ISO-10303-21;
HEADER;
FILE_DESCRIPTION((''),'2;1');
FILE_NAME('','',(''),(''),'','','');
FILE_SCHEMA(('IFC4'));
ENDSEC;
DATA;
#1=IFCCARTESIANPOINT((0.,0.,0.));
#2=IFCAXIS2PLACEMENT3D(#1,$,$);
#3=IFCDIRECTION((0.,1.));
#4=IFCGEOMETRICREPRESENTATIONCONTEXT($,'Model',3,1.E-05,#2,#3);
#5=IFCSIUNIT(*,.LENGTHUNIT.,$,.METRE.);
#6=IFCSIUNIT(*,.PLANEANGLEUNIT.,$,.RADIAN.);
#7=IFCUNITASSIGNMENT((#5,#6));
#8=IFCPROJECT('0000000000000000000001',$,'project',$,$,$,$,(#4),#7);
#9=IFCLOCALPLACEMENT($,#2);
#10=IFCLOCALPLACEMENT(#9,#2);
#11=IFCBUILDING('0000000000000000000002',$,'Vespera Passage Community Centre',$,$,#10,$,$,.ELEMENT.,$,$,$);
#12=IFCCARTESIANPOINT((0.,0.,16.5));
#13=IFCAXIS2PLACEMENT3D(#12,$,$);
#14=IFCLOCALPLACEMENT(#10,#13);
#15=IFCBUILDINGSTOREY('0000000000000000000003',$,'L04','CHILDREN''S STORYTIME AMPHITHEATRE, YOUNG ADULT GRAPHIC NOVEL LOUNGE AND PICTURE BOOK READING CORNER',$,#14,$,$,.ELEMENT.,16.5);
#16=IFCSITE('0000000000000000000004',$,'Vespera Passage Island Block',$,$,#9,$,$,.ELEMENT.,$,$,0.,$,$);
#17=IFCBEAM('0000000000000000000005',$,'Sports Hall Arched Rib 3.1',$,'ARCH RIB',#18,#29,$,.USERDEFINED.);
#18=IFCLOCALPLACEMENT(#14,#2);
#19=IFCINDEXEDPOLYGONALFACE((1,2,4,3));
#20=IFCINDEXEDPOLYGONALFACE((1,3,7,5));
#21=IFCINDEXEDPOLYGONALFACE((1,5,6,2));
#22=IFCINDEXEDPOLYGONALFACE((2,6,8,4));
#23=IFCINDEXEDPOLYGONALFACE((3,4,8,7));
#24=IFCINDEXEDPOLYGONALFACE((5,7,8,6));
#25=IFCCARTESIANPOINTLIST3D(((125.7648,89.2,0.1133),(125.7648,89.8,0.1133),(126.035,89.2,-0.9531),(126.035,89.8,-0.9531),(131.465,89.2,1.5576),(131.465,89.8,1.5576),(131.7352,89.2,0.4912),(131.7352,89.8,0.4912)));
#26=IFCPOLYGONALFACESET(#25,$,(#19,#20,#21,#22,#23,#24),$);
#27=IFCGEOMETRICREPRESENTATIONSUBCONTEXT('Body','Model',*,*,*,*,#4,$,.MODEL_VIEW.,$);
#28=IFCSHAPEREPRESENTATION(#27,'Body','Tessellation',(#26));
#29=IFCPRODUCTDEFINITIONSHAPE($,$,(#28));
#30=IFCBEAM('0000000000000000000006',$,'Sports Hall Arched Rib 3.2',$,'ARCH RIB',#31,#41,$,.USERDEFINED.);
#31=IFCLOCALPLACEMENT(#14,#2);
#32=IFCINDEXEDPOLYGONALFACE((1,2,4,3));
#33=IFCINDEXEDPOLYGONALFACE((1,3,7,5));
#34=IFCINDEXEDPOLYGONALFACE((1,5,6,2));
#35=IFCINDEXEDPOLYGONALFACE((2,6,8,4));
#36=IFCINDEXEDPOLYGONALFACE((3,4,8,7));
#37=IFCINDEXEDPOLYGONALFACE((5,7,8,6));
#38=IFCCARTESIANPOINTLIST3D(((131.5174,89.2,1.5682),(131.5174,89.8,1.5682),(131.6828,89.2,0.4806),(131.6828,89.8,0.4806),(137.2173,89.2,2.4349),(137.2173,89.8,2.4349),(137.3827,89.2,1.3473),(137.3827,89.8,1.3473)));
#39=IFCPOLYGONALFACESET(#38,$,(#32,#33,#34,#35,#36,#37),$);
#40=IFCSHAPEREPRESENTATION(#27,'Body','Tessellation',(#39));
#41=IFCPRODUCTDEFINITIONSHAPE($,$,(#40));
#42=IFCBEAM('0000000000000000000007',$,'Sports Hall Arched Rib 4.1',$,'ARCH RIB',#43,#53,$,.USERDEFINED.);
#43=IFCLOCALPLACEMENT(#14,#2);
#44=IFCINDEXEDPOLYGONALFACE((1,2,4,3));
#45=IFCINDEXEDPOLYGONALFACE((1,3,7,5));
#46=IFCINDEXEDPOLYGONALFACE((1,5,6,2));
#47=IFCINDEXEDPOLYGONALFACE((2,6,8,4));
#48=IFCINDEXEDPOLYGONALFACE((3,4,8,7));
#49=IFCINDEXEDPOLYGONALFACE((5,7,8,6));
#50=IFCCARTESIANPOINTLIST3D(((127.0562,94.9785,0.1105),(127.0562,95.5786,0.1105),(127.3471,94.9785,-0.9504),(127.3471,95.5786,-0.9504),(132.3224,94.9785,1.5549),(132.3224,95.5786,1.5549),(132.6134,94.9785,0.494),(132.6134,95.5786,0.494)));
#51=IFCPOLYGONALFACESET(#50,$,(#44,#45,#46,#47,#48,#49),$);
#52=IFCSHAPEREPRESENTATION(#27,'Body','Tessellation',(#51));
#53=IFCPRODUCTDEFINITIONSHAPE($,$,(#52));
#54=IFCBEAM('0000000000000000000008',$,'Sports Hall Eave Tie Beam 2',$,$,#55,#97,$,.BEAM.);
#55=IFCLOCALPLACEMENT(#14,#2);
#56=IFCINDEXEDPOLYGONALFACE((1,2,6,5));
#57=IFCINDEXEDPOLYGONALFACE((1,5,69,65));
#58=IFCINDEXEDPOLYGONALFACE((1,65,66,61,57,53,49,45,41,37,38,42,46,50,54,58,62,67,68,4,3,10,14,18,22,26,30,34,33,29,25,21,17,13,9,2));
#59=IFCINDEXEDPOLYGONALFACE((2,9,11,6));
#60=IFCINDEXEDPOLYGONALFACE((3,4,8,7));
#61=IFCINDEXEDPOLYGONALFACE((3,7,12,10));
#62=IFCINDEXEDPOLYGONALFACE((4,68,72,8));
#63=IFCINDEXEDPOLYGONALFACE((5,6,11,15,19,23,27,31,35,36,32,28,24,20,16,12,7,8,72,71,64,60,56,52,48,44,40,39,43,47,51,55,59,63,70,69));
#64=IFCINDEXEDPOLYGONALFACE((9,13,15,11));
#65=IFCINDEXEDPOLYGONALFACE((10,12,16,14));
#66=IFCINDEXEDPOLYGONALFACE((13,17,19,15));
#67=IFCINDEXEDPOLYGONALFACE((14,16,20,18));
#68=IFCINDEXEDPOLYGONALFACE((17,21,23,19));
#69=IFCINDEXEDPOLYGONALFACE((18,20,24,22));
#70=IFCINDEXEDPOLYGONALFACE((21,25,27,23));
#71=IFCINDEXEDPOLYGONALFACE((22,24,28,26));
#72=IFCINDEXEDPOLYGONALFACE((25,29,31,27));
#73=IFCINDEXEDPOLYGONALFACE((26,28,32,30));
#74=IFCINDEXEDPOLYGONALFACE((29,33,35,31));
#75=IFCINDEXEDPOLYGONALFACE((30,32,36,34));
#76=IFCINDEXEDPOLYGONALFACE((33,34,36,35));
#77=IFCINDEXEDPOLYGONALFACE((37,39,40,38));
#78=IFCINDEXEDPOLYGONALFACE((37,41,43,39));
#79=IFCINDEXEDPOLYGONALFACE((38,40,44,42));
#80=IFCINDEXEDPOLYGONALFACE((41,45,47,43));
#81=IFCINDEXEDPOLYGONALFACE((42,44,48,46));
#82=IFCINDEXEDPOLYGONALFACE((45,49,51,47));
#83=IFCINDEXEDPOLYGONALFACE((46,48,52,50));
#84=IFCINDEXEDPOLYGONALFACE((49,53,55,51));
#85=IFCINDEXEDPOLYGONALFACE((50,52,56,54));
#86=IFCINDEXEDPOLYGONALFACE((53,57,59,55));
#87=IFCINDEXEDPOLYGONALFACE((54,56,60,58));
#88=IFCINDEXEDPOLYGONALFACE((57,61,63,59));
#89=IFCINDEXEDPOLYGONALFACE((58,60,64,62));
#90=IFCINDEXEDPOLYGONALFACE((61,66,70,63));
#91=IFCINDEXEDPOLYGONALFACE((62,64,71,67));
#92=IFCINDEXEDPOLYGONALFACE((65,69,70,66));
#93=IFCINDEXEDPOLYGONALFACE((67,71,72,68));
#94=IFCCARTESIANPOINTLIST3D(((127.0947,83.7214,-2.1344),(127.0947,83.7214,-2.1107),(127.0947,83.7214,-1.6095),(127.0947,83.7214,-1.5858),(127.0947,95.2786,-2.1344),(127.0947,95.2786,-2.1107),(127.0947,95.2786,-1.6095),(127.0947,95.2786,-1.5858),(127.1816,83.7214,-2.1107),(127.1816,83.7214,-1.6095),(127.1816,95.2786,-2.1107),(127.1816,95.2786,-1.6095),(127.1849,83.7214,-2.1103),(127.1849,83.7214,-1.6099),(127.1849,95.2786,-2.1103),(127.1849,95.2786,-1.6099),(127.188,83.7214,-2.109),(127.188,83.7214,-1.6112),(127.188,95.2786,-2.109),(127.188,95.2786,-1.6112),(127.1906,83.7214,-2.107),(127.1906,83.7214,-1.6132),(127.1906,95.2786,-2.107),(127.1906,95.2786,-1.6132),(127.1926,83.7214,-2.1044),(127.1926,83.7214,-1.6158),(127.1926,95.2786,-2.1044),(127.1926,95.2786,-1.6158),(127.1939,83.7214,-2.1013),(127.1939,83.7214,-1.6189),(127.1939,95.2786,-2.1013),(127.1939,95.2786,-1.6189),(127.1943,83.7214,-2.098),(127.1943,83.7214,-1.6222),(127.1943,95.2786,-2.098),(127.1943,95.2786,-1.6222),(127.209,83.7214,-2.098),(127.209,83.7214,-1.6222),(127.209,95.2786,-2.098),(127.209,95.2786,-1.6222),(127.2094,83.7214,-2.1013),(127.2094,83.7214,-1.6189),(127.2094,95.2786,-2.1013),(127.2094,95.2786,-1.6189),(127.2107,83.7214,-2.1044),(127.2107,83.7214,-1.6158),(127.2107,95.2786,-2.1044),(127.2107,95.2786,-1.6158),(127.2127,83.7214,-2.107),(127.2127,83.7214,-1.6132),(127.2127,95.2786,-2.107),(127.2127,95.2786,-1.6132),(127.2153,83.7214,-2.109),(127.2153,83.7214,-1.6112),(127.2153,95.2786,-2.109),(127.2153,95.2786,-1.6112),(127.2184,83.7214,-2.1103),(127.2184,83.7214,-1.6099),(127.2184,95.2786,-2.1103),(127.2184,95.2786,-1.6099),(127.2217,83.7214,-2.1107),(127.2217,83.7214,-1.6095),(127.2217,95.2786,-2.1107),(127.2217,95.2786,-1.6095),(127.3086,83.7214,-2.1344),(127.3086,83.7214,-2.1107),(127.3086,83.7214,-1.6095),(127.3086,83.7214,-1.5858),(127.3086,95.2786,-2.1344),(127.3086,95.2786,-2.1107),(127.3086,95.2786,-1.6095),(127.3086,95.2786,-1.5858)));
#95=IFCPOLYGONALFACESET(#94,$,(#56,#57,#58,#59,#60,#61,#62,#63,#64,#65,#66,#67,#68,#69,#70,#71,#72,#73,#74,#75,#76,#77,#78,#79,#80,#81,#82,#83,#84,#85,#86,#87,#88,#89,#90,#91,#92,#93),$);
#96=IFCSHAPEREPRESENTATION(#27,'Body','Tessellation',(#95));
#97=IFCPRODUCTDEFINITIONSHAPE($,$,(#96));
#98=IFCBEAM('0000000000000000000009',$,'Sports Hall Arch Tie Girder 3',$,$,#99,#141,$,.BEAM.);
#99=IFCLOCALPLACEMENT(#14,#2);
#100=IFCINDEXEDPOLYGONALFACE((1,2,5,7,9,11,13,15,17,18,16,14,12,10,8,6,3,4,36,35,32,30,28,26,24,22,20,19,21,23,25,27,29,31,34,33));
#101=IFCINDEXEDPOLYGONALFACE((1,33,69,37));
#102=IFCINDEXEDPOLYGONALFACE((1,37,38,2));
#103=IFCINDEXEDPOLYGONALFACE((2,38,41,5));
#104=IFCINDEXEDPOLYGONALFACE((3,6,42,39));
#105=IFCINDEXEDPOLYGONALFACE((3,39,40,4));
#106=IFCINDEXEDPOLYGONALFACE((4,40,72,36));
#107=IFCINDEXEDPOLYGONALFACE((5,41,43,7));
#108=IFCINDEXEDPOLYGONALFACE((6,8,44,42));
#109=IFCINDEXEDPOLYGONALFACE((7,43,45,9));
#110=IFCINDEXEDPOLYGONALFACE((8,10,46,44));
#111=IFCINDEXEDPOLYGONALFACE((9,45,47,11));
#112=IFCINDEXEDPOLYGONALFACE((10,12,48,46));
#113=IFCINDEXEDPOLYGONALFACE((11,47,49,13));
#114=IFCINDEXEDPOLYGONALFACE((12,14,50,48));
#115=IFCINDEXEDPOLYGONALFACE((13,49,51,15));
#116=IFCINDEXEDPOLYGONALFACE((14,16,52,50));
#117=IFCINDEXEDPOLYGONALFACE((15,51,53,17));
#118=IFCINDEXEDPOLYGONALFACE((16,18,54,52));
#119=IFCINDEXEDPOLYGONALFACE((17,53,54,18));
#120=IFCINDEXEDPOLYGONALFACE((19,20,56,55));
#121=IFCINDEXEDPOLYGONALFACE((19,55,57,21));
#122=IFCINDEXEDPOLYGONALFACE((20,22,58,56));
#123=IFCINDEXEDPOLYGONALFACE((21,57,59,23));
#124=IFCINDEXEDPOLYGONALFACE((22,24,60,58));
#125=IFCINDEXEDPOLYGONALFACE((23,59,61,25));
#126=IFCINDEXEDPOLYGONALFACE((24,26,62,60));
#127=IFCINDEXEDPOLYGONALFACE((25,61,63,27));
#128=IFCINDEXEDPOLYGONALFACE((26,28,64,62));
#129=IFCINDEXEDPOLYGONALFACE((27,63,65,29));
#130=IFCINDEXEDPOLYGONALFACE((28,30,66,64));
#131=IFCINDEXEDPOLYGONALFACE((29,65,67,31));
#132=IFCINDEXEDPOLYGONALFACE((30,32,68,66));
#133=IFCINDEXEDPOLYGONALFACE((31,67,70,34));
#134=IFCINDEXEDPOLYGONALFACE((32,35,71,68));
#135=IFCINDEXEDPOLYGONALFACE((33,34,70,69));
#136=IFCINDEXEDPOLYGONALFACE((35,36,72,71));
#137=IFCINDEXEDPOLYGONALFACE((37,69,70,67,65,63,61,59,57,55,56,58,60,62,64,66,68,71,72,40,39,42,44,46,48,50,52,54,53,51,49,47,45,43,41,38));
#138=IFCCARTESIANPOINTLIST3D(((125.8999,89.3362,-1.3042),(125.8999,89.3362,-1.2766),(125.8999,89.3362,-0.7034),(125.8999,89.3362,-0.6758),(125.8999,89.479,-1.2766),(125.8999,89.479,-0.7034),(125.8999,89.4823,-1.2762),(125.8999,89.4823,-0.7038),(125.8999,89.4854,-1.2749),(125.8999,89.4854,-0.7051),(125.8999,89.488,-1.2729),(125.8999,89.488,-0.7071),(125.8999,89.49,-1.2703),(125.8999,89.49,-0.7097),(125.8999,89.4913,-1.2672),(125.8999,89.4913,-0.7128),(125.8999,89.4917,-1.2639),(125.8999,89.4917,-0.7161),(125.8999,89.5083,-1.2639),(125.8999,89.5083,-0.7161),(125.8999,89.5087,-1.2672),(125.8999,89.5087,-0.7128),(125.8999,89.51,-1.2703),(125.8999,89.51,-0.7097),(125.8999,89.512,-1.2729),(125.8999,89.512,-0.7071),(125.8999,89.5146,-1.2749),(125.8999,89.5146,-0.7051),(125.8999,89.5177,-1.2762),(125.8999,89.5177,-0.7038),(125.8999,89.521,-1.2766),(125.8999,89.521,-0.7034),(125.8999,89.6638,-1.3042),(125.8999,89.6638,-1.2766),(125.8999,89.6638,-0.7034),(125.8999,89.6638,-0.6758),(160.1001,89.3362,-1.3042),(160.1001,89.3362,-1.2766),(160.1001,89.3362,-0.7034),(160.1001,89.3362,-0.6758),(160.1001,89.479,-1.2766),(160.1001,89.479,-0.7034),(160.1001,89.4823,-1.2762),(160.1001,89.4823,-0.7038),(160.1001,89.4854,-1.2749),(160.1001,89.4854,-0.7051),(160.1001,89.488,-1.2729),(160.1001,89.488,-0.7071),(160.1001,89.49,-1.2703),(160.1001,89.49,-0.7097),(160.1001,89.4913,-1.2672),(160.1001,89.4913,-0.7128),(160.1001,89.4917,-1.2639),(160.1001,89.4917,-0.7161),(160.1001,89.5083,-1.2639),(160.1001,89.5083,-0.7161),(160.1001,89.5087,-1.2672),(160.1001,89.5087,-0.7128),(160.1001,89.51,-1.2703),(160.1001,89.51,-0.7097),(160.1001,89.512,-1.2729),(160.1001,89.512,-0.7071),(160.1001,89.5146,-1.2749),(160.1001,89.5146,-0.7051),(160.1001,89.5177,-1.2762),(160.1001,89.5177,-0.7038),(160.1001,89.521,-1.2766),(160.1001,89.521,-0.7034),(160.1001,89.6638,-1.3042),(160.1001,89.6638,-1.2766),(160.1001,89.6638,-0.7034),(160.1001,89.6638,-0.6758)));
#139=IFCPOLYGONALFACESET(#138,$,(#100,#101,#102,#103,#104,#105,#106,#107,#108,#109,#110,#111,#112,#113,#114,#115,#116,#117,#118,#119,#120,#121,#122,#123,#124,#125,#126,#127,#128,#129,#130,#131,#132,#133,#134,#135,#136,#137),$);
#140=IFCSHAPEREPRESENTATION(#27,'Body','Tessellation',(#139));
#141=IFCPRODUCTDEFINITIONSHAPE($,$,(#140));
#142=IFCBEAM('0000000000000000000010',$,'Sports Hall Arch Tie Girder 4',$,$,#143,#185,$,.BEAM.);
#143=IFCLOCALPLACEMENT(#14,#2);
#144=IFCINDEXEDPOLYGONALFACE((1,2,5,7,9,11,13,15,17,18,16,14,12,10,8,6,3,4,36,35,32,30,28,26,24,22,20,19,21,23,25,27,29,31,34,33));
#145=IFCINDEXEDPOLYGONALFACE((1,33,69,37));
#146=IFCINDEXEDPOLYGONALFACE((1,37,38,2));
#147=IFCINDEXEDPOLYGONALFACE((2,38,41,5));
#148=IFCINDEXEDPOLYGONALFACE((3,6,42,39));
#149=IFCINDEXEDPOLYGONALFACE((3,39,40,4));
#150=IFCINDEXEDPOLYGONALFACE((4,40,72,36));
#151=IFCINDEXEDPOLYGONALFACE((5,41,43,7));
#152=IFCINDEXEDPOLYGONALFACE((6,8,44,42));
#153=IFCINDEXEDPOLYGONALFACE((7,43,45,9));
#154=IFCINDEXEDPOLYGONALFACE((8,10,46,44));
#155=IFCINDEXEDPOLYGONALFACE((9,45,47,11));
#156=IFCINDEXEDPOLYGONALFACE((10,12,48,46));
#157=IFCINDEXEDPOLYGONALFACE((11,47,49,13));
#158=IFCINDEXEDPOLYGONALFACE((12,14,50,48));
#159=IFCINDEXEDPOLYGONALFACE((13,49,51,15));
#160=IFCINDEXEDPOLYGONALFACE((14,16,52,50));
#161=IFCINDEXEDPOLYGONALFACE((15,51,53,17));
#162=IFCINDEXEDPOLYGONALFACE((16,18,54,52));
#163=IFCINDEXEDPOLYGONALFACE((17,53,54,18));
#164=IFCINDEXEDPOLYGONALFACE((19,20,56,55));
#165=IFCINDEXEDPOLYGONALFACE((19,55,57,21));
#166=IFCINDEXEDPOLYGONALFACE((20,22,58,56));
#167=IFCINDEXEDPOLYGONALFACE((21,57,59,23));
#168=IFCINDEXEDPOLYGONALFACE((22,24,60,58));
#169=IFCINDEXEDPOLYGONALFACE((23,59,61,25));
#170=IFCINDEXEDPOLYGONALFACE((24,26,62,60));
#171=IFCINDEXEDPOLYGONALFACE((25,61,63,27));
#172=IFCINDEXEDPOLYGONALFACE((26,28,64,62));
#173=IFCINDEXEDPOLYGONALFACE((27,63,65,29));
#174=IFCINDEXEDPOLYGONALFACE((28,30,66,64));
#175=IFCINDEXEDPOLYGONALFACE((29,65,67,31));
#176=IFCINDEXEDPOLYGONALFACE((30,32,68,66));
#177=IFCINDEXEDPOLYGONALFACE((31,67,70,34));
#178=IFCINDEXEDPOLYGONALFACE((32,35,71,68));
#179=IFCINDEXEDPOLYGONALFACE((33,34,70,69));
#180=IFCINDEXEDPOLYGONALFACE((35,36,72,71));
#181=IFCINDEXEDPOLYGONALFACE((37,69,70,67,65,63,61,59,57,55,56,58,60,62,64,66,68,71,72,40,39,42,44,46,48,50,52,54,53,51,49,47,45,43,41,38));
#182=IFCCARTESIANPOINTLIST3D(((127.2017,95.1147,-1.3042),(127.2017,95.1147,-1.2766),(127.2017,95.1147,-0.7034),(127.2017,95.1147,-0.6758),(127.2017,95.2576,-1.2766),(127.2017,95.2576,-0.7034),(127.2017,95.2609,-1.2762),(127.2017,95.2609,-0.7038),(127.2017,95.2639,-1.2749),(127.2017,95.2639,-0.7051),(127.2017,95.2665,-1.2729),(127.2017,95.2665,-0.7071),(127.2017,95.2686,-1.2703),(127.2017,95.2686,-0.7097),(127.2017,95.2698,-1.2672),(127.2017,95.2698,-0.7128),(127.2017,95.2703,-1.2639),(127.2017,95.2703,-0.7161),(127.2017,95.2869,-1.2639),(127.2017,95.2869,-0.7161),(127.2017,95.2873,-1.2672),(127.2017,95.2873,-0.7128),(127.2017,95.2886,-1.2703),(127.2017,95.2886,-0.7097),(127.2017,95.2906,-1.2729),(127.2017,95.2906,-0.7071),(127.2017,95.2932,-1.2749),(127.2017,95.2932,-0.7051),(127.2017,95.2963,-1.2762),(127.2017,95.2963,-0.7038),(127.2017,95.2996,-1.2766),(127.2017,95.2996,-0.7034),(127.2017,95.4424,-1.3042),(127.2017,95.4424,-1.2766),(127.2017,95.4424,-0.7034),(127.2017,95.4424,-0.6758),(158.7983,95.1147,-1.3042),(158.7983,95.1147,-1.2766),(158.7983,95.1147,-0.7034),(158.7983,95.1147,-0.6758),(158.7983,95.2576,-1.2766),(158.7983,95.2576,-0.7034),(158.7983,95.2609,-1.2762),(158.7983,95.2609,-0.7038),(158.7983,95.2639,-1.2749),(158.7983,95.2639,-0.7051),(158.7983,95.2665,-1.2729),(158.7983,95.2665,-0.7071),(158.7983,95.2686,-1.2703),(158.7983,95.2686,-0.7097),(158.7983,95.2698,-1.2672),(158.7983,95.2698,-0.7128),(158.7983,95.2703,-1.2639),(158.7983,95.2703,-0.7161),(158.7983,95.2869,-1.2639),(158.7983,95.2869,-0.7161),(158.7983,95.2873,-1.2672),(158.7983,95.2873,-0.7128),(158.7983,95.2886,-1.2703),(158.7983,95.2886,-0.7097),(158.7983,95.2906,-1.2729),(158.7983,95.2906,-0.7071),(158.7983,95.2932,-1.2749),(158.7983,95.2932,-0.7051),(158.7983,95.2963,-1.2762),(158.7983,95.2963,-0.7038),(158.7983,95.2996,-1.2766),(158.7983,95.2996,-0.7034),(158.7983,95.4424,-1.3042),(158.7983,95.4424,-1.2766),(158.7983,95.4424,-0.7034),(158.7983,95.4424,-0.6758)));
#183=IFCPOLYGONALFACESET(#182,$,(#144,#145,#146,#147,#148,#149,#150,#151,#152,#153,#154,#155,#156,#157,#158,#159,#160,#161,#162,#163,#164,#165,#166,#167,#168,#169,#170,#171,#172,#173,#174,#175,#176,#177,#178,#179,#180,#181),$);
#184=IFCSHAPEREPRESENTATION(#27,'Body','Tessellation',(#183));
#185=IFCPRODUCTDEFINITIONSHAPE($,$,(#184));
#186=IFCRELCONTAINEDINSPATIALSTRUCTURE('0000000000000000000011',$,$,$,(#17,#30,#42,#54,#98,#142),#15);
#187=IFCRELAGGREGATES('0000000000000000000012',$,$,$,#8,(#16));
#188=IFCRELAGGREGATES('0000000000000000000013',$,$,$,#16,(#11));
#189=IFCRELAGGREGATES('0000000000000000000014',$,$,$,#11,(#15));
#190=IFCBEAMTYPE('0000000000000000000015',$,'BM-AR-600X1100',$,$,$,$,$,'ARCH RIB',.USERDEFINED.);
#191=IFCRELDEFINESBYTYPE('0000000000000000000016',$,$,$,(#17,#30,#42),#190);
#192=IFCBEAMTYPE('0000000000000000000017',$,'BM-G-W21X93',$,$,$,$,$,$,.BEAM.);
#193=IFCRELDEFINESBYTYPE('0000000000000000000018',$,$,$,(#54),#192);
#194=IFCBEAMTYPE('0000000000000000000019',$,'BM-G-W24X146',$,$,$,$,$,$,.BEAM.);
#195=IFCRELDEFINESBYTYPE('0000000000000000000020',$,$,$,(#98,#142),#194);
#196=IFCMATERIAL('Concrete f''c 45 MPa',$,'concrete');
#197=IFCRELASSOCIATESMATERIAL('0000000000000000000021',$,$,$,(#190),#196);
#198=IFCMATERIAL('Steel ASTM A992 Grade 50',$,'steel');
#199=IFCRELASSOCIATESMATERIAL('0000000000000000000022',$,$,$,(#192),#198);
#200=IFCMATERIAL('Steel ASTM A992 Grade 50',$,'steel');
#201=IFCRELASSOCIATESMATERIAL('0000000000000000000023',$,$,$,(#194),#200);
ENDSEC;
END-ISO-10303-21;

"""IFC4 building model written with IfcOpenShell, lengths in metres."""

from ifc_helpers import new_model, si_unit, direction, frame, origin, origin_2d, place, context, subcontext, project, spatial, rectangle, i_section, extrude, material, material_profile, profile_set, type_object, element, save


model = new_model("IFC4")

# Units and contexts
model_context = context("Model", 3, precision=1e-05, world=origin(), true_north=direction((0.0, 1.0)))
body_context = subcontext(model_context, "Body", "Model", "MODEL_VIEW")
ifc_project = project(units=[si_unit("LENGTHUNIT", "METRE"), si_unit("PLANEANGLEUNIT", "RADIAN")], contexts=[model_context])

# Site, building, storey
site_placement = place(None, origin())
site = spatial("IfcSite", under=ifc_project, at=site_placement, Name="Vespera Passage Island Block", CompositionType="ELEMENT", RefElevation=0.0)
building_placement = place(site_placement, origin())
building = spatial("IfcBuilding", under=site, at=building_placement, Name="Vespera Passage Community Centre", CompositionType="ELEMENT")
storey_placement = place(building_placement, frame((0.0, 0.0, 16.5)))
storey = spatial("IfcBuildingStorey", under=building, at=storey_placement, Name="L04", Description="CHILDREN'S STORYTIME AMPHITHEATRE, YOUNG ADULT GRAPHIC NOVEL LOUNGE AND PICTURE BOOK READING CORNER", CompositionType="ELEMENT", Elevation=16.5)

# Beams
ifc_material_1 = material(Name="Concrete f'c 45 MPa", Category="concrete")
ifc_material_profile_1 = material_profile(ifc_material_1, rectangle(XDim=0.6001, YDim=1.1001, at=origin_2d()), Name="RC600X1100")
ifc_profile_set_1 = profile_set([ifc_material_profile_1], Name="Concrete f'c 45 MPa")
beam_type_1 = type_object("IfcBeamType", Name="BM-AR-600X1100", ElementType="ARCH RIB", PredefinedType="USERDEFINED", material=ifc_profile_set_1)
beam_1_placement = place(storey_placement, frame((125.8999, 89.5, -0.4199), z_axis=(0.969366, 0.0, 0.245621), x_axis=(0.0, 1.0, 0.0)))
element("IfcBeam", 1, at=beam_1_placement, inside=storey, type_object=beam_type_1, Name="Sports Hall Arched Rib 3.1", ObjectType="ARCH RIB", PredefinedType="USERDEFINED", context=body_context, shape_type="SweptSolid", body=[
    extrude(rectangle(XDim=0.6001, YDim=1.1001, at=origin_2d()), origin(), (0.0, 0.0, 1.0), 5.8804),
])
beam_2_placement = place(storey_placement, frame((131.6001, 89.5, 1.0244), z_axis=(0.988636, 0.0, 0.150326), x_axis=(0.0, 1.0, 0.0)))
element("IfcBeam", 2, at=beam_2_placement, inside=storey, type_object=beam_type_1, Name="Sports Hall Arched Rib 3.2", ObjectType="ARCH RIB", PredefinedType="USERDEFINED", context=body_context, shape_type="SweptSolid", body=[
    extrude(rectangle(XDim=0.6001, YDim=1.1001, at=origin_2d()), origin(), (0.0, 0.0, 1.0), 5.7654),
])
beam_3_placement = place(storey_placement, frame((127.2017, 95.2786, -0.4199), z_axis=(0.964385, 0.0, 0.264502), x_axis=(0.0, 1.0, 0.0)))
element("IfcBeam", 3, at=beam_3_placement, inside=storey, type_object=beam_type_1, Name="Sports Hall Arched Rib 4.1", ObjectType="ARCH RIB", PredefinedType="USERDEFINED", context=body_context, shape_type="SweptSolid", body=[
    extrude(rectangle(XDim=0.6001, YDim=1.1001, at=origin_2d()), origin(), (0.0, 0.0, 1.0), 5.4607),
])
ifc_material_2 = material(Name="Steel ASTM A992 Grade 50", Category="steel")
ifc_material_profile_2 = material_profile(ifc_material_2, i_section(OverallWidth=0.2139, OverallDepth=0.5486, WebThickness=0.0146, FlangeThickness=0.0237, FilletRadius=0.0127, at=origin_2d()), Name="W21X93")
ifc_profile_set_2 = profile_set([ifc_material_profile_2], Name="Steel ASTM A992 Grade 50")
beam_type_2 = type_object("IfcBeamType", Name="BM-G-W21X93", PredefinedType="BEAM", material=ifc_profile_set_2)
beam_4_placement = place(storey_placement, frame((127.2017, 95.2786, -1.8601), z_axis=(0.0, -1.0, 0.0), x_axis=(1.0, 0.0, 0.0)))
element("IfcBeam", 4, at=beam_4_placement, inside=storey, type_object=beam_type_2, Name="Sports Hall Eave Tie Beam 2", PredefinedType="BEAM", context=body_context, shape_type="SweptSolid", body=[
    extrude(i_section(OverallWidth=0.2139, OverallDepth=0.5486, WebThickness=0.0146, FlangeThickness=0.0237, FilletRadius=0.0127, at=origin_2d()), origin(), (0.0, 0.0, 1.0), 11.5571),
])
ifc_material_3 = material(Name="Steel ASTM A992 Grade 50", Category="steel")
ifc_material_profile_3 = material_profile(ifc_material_3, i_section(OverallWidth=0.3276, OverallDepth=0.6284, WebThickness=0.0166, FlangeThickness=0.0276, FilletRadius=0.0127, at=origin_2d()), Name="W24X146")
ifc_profile_set_3 = profile_set([ifc_material_profile_3], Name="Steel ASTM A992 Grade 50")
beam_type_3 = type_object("IfcBeamType", Name="BM-G-W24X146", PredefinedType="BEAM", material=ifc_profile_set_3)
beam_5_placement = place(storey_placement, frame((125.8999, 89.5, -0.99), z_axis=(1.0, 0.0, 0.0), x_axis=(0.0, 1.0, 0.0)))
element("IfcBeam", 5, at=beam_5_placement, inside=storey, type_object=beam_type_3, Name="Sports Hall Arch Tie Girder 3", PredefinedType="BEAM", context=body_context, shape_type="SweptSolid", body=[
    extrude(i_section(OverallWidth=0.3276, OverallDepth=0.6284, WebThickness=0.0166, FlangeThickness=0.0276, FilletRadius=0.0127, at=origin_2d()), origin(), (0.0, 0.0, 1.0), 34.2002),
])
beam_6_placement = place(storey_placement, frame((127.2017, 95.2786, -0.99), z_axis=(1.0, 0.0, 0.0), x_axis=(0.0, 1.0, 0.0)))
element("IfcBeam", 6, at=beam_6_placement, inside=storey, type_object=beam_type_3, Name="Sports Hall Arch Tie Girder 4", PredefinedType="BEAM", context=body_context, shape_type="SweptSolid", body=[
    extrude(i_section(OverallWidth=0.3276, OverallDepth=0.6284, WebThickness=0.0166, FlangeThickness=0.0276, FilletRadius=0.0127, at=origin_2d()), origin(), (0.0, 0.0, 1.0), 31.5967),
])

save(model, "model.ifc")
